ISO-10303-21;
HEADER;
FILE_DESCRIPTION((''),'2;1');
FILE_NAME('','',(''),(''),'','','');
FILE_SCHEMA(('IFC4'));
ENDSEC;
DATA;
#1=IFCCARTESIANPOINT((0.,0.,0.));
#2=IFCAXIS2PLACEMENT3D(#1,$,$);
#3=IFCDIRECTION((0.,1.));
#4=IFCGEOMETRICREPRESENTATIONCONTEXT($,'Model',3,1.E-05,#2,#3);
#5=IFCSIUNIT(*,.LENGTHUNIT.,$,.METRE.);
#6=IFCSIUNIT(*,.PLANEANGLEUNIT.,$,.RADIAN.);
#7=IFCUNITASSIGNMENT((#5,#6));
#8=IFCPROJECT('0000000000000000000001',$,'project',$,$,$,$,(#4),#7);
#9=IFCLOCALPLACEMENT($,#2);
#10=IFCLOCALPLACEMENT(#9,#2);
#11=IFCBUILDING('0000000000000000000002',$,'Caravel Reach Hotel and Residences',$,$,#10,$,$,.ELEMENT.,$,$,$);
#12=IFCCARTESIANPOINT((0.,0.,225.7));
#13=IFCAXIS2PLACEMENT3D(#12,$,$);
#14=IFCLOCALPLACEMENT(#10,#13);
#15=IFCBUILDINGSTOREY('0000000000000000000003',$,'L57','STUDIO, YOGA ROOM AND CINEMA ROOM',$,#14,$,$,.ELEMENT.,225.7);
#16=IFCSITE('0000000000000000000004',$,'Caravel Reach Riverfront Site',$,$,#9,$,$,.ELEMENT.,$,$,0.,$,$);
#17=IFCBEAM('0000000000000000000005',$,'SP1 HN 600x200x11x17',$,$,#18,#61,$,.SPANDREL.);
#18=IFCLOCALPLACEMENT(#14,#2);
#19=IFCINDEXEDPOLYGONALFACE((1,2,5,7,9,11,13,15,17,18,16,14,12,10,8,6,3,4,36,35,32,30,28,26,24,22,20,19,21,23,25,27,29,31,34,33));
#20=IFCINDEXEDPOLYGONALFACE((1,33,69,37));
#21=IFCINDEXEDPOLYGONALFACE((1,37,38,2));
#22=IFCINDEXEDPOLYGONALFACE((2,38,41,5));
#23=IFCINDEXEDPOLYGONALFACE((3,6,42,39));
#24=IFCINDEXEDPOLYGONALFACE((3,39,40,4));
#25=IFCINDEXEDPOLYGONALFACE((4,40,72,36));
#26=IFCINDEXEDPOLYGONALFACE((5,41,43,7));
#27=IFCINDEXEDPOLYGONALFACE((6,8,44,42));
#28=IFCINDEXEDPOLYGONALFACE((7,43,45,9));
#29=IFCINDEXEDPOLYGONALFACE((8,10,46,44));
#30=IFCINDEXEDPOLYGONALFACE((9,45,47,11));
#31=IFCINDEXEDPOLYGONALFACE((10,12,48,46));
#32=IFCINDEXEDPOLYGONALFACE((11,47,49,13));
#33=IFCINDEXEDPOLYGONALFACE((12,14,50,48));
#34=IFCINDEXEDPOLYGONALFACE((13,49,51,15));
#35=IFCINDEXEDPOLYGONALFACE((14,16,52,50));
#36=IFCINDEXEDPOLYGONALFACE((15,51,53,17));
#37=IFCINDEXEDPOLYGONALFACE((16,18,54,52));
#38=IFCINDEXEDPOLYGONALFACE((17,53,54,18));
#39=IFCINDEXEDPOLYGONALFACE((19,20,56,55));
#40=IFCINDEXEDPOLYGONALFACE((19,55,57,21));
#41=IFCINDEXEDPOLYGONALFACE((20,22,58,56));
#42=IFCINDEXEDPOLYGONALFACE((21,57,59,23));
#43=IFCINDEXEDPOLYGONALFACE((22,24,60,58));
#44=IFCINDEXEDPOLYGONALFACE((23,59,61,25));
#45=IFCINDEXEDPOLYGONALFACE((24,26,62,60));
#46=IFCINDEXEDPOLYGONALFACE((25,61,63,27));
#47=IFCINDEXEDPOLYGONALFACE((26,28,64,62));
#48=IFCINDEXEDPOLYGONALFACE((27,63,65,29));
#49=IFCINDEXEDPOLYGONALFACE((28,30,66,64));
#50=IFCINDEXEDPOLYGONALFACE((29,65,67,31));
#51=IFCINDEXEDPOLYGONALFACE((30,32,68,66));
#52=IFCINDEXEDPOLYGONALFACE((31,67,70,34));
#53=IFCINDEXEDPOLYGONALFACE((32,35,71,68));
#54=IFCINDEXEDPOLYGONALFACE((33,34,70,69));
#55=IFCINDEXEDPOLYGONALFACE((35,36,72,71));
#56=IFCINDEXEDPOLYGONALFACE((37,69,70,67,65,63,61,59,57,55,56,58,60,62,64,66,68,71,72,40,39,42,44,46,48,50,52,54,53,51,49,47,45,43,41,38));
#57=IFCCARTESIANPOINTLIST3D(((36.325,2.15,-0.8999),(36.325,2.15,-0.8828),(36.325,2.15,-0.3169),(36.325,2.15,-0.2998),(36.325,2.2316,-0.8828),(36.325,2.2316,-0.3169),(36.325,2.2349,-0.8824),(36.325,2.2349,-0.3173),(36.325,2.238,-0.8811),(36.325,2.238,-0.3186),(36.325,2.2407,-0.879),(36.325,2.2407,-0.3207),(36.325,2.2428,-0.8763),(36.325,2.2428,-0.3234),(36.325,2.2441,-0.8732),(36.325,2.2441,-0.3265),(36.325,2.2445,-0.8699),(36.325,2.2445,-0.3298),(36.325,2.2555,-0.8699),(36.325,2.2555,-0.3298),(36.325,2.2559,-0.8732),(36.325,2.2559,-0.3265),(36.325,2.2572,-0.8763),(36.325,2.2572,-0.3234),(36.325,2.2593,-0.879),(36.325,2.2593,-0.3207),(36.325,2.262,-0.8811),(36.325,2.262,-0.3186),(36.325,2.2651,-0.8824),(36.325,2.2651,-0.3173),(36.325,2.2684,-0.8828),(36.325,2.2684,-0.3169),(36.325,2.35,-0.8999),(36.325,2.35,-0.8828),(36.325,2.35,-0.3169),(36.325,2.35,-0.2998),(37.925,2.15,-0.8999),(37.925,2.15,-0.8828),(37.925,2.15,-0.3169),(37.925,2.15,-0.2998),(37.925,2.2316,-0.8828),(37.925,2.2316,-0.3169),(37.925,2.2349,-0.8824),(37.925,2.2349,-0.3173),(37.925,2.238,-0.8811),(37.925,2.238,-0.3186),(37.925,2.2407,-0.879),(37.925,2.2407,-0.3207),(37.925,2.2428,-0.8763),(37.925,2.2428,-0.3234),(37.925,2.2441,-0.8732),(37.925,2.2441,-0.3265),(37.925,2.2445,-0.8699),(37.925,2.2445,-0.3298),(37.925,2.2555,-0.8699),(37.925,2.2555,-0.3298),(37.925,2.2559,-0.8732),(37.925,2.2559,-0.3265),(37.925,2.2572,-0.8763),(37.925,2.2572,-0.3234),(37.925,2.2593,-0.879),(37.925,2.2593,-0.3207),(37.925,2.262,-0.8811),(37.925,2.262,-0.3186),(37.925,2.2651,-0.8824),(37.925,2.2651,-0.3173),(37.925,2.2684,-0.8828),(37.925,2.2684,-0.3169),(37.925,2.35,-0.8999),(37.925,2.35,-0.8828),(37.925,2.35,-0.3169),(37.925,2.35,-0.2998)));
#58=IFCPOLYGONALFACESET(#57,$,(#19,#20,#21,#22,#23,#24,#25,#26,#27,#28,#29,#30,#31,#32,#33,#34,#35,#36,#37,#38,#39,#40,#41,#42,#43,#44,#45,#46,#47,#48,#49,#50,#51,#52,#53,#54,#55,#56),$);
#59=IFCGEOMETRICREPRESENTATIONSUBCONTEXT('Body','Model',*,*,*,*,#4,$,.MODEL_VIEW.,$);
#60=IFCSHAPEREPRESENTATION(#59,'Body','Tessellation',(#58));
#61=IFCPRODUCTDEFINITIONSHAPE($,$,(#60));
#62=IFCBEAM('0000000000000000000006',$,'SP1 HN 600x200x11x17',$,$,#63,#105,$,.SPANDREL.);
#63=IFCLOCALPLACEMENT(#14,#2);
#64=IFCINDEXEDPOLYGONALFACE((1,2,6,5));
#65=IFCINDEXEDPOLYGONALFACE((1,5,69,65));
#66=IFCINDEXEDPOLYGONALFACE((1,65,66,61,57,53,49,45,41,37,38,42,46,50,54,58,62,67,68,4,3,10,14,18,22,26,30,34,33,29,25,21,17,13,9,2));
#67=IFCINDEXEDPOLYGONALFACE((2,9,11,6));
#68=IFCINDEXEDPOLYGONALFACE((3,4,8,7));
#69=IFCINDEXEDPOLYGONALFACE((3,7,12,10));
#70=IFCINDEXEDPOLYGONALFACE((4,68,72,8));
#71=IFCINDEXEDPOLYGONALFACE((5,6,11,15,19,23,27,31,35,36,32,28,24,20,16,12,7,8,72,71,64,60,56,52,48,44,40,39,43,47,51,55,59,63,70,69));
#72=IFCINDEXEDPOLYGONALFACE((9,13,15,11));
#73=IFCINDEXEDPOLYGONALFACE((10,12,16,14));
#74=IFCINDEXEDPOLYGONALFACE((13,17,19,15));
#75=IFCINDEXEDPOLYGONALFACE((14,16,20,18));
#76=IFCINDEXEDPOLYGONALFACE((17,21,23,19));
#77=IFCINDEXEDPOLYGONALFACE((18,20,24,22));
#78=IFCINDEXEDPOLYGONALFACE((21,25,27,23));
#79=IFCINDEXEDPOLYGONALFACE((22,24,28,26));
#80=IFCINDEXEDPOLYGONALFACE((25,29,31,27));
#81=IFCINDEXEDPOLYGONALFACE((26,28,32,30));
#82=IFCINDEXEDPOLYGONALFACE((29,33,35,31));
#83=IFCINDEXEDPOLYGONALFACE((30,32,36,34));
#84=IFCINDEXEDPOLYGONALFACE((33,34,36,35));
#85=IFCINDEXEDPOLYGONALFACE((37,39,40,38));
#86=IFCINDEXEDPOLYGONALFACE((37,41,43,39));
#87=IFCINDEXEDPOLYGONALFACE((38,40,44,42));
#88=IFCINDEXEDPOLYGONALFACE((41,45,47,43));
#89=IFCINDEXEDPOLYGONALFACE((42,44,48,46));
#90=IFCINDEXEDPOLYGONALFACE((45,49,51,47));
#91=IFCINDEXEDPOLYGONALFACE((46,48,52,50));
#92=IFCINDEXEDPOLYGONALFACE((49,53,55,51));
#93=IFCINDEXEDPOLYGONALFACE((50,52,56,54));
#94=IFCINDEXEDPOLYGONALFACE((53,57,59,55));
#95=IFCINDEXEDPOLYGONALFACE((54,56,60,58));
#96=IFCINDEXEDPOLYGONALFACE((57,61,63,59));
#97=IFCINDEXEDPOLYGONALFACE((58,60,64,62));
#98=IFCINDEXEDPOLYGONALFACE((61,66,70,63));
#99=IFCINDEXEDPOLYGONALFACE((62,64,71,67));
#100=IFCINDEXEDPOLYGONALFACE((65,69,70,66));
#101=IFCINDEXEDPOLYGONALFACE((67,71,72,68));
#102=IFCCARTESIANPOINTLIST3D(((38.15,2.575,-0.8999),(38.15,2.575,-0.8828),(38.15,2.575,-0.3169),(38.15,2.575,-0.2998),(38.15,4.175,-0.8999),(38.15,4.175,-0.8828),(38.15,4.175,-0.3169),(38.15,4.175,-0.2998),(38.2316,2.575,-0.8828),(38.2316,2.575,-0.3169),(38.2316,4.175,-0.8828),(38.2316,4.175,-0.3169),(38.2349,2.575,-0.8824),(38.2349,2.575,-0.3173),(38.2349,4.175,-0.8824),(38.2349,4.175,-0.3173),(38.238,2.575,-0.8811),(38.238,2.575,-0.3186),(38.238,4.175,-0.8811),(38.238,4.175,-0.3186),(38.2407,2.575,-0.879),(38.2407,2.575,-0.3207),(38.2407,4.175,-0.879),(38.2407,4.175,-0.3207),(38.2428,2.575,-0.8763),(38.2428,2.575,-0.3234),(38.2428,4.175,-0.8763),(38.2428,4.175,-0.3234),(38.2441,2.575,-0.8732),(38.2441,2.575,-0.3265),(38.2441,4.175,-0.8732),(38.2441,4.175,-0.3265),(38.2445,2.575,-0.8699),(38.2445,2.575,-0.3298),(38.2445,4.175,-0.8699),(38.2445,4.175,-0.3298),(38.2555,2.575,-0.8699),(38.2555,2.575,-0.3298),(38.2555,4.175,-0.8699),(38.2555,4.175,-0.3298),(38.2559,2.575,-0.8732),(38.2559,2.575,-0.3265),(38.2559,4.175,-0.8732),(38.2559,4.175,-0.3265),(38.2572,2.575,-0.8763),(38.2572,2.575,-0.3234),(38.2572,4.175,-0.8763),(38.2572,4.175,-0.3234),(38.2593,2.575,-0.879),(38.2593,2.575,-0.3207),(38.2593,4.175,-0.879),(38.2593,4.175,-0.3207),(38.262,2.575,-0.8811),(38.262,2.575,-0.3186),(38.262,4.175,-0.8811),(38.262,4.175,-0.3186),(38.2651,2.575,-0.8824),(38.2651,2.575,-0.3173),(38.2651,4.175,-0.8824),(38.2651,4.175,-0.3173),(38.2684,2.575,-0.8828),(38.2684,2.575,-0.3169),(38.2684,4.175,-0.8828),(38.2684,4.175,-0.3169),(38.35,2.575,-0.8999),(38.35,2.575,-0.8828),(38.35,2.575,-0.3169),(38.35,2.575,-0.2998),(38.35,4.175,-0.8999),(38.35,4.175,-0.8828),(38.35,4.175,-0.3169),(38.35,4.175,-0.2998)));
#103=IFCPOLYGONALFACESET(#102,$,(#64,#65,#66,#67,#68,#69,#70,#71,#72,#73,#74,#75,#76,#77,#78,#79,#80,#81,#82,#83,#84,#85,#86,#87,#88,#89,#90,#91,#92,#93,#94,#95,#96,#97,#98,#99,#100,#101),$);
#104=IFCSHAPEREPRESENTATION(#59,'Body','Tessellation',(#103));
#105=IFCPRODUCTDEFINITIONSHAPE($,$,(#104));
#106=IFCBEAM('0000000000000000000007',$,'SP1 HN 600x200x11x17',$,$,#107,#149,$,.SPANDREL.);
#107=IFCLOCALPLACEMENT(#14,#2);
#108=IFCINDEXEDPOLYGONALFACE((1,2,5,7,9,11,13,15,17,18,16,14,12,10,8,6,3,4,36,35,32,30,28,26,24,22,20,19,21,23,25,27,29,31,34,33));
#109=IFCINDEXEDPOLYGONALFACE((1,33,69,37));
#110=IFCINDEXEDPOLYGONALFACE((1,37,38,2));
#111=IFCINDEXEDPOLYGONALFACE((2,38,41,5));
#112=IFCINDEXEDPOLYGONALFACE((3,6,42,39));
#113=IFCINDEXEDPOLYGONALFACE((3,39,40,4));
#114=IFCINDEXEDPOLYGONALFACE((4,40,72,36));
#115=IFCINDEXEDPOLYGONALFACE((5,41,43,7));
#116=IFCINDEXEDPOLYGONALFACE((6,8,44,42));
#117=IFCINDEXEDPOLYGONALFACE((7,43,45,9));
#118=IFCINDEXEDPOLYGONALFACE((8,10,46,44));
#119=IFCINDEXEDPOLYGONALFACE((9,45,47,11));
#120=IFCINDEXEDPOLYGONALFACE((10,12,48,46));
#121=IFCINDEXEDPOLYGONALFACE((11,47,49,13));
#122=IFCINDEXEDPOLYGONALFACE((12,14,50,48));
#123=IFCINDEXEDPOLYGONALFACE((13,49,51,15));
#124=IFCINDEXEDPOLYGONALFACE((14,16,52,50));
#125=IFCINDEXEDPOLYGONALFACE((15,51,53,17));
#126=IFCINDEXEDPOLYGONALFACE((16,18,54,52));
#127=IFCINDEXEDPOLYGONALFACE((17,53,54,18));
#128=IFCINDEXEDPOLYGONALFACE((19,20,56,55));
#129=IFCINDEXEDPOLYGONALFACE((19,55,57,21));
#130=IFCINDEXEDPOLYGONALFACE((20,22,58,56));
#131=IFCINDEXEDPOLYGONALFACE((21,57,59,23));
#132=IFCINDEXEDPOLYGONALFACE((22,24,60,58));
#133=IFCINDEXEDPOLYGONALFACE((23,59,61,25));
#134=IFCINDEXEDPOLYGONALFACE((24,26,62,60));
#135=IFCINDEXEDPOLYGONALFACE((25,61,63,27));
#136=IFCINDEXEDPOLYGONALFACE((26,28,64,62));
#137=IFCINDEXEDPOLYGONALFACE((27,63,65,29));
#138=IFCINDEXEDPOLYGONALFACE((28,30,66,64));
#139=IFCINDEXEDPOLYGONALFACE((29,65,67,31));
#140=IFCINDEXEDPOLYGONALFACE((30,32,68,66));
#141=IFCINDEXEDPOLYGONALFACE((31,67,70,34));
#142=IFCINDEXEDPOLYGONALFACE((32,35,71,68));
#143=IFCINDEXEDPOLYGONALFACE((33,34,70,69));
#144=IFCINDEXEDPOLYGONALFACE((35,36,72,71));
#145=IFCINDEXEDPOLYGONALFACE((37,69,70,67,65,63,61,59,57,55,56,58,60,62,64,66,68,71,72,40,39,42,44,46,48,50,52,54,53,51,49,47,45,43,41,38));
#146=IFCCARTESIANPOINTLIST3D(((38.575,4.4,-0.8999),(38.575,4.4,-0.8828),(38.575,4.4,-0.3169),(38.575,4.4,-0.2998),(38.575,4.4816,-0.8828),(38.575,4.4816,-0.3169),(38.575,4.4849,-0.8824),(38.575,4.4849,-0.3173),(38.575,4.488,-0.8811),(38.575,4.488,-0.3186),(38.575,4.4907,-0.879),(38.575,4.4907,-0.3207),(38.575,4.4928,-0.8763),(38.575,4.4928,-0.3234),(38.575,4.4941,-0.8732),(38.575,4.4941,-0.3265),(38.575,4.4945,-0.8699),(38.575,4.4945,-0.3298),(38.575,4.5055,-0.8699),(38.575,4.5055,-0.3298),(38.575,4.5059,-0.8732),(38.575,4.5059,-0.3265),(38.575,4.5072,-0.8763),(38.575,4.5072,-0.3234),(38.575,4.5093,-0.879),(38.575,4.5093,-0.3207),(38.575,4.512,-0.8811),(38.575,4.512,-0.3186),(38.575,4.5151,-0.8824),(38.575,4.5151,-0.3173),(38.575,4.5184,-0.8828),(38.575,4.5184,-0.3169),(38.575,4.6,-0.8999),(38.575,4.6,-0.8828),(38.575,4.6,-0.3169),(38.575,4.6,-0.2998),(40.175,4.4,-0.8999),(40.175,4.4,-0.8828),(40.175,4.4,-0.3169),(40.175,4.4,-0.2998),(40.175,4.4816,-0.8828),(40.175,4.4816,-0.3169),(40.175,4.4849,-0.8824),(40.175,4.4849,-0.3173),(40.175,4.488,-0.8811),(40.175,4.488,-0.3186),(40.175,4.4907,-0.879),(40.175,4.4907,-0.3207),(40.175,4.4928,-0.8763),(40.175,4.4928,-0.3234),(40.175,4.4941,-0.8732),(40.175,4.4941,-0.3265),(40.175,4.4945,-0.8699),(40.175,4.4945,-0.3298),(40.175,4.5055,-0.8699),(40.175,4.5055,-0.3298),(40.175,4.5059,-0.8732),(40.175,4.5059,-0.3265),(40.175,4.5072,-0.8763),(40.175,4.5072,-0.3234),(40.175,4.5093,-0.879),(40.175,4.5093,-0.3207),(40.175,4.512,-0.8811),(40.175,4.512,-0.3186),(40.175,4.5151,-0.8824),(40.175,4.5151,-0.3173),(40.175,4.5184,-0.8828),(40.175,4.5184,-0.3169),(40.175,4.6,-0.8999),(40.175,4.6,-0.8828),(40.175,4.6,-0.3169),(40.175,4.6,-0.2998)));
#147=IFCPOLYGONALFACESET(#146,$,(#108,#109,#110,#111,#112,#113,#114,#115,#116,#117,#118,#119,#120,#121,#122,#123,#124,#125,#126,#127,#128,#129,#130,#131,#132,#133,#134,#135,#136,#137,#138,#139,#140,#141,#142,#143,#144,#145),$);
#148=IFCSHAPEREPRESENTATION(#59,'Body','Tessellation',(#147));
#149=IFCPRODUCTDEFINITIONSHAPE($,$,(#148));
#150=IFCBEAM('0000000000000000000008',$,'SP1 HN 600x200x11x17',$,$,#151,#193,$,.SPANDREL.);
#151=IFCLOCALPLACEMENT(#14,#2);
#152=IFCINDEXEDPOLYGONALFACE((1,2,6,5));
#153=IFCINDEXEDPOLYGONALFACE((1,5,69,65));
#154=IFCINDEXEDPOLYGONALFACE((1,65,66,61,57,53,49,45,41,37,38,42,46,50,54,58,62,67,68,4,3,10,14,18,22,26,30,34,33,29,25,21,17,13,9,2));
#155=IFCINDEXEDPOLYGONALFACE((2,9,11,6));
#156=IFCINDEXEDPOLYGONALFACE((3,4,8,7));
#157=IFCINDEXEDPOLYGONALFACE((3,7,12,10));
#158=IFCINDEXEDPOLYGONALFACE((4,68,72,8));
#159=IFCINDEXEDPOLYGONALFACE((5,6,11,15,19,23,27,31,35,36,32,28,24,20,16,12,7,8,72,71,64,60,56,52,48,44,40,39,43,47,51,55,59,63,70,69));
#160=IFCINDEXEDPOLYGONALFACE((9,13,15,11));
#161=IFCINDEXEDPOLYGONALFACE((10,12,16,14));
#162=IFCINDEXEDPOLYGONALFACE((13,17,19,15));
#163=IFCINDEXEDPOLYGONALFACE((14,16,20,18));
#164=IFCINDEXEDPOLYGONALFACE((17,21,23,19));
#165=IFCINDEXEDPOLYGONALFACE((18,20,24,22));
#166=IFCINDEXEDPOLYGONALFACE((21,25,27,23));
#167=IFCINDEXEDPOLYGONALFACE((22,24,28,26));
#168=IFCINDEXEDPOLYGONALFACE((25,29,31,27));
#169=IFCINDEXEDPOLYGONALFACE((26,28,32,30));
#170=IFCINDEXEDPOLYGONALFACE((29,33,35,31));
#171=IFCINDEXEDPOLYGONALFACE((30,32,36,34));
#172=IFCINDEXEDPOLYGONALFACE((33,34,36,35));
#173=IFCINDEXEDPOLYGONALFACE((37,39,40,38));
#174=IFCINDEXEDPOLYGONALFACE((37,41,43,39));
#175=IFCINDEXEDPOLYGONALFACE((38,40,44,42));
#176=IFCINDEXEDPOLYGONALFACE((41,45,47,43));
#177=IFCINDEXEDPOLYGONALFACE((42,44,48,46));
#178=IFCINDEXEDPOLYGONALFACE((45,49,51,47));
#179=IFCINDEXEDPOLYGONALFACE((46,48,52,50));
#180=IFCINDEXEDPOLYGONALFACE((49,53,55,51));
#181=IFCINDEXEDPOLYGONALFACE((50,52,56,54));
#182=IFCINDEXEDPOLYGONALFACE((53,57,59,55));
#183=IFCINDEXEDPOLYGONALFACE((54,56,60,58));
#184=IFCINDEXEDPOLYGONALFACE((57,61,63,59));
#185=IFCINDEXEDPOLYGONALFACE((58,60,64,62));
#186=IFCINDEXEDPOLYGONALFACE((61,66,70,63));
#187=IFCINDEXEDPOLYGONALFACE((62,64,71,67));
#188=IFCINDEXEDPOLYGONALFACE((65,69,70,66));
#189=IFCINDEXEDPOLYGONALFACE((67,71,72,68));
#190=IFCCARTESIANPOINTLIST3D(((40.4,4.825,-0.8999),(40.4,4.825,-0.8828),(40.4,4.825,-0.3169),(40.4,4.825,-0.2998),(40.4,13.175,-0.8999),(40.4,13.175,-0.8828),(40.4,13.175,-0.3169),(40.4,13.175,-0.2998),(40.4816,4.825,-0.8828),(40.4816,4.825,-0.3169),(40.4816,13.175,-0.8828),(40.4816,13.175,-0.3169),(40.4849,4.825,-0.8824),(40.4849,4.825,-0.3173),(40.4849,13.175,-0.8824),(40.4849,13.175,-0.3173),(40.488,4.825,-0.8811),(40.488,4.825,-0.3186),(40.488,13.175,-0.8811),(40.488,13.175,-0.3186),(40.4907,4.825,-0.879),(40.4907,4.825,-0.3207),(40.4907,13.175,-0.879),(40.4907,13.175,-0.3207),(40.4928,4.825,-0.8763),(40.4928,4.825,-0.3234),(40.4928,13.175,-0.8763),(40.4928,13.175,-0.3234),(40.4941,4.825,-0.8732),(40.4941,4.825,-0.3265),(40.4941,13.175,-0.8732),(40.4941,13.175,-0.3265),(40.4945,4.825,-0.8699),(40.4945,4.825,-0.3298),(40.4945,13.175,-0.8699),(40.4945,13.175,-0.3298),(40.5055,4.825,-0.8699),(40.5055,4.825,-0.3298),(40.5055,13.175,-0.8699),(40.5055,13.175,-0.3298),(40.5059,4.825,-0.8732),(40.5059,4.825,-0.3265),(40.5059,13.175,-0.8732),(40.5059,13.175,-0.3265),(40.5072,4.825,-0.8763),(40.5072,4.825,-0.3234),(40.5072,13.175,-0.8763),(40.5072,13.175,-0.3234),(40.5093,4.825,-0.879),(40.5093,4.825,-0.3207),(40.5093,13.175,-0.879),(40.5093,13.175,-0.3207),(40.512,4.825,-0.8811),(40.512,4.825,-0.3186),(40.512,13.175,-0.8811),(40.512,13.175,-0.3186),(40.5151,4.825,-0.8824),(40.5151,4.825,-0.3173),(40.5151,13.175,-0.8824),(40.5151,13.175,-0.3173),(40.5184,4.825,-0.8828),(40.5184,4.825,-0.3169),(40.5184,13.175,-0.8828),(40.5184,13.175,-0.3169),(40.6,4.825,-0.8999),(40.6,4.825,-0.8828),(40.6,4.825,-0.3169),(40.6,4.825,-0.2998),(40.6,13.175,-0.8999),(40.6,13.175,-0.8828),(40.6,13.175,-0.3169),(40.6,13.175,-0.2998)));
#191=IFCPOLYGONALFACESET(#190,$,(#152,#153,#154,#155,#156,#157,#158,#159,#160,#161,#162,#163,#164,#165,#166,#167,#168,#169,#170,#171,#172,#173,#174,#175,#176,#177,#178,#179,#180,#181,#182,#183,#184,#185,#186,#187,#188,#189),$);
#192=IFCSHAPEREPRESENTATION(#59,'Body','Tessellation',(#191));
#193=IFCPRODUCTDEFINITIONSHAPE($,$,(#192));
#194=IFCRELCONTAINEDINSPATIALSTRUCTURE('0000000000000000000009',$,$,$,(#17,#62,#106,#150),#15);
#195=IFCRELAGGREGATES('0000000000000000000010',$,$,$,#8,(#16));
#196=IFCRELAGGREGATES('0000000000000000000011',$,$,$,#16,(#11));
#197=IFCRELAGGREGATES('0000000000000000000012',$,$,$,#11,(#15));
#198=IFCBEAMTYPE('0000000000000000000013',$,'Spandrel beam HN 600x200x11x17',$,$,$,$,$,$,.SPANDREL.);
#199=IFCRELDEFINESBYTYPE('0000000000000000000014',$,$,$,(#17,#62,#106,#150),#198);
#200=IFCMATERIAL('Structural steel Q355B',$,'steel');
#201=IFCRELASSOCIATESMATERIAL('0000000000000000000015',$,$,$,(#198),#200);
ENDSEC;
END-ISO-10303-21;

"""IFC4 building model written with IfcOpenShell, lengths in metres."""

from ifc_helpers import new_model, si_unit, direction, frame, origin, origin_2d, place, context, subcontext, project, spatial, i_section, extrude, material, material_profile, profile_set, type_object, element, save


model = new_model("IFC4")

# Units and contexts
model_context = context("Model", 3, precision=1e-05, world=origin(), true_north=direction((0.0, 1.0)))
body_context = subcontext(model_context, "Body", "Model", "MODEL_VIEW")
ifc_project = project(units=[si_unit("LENGTHUNIT", "METRE"), si_unit("PLANEANGLEUNIT", "RADIAN")], contexts=[model_context])

# Site, building, storey
site_placement = place(None, origin())
site = spatial("IfcSite", under=ifc_project, at=site_placement, Name="Caravel Reach Riverfront Site", CompositionType="ELEMENT", RefElevation=0.0)
building_placement = place(site_placement, origin())
building = spatial("IfcBuilding", under=site, at=building_placement, Name="Caravel Reach Hotel and Residences", CompositionType="ELEMENT")
storey_placement = place(building_placement, frame((0.0, 0.0, 225.7)))
storey = spatial("IfcBuildingStorey", under=building, at=storey_placement, Name="L57", Description="STUDIO, YOGA ROOM AND CINEMA ROOM", CompositionType="ELEMENT", Elevation=225.7)

# Beams
ifc_material_1 = material(Name="Structural steel Q355B", Category="steel")
ifc_material_profile_1 = material_profile(ifc_material_1, i_section(OverallWidth=0.2, OverallDepth=0.6001, WebThickness=0.011, FlangeThickness=0.0171, FilletRadius=0.0129, at=origin_2d()), Name="HN 600x200x11x17")
ifc_profile_set_1 = profile_set([ifc_material_profile_1], Name="Structural steel Q355B")
beam_type = type_object("IfcBeamType", Name="Spandrel beam HN 600x200x11x17", PredefinedType="SPANDREL", material=ifc_profile_set_1)
for number, where, z_axis, x_axis, name in (
    (1, (36.325, 2.25, -0.5999), (1.0, 0.0, 0.0), (0.0, 1.0, 0.0), "SP1 HN 600x200x11x17"),
    (2, (38.25, 2.575, -0.5999), (0.0, 1.0, 0.0), (-1.0, 0.0, 0.0), "SP1 HN 600x200x11x17"),
    (3, (38.575, 4.5, -0.5999), (1.0, 0.0, 0.0), (0.0, 1.0, 0.0), "SP1 HN 600x200x11x17"),
):
    element("IfcBeam", number, at=place(storey_placement, frame(where, z_axis=z_axis, x_axis=x_axis)), inside=storey, type_object=beam_type, Name=name, PredefinedType="SPANDREL", context=body_context, shape_type="SweptSolid", body=[
        extrude(i_section(OverallWidth=0.2, OverallDepth=0.6001, WebThickness=0.011, FlangeThickness=0.0171, FilletRadius=0.0129, at=origin_2d()), origin(), (0.0, 0.0, 1.0), 1.6001),
    ])
beam_1_placement = place(storey_placement, frame((40.5, 4.825, -0.5999), z_axis=(0.0, 1.0, 0.0), x_axis=(-1.0, 0.0, 0.0)))
element("IfcBeam", 4, at=beam_1_placement, inside=storey, type_object=beam_type, Name="SP1 HN 600x200x11x17", PredefinedType="SPANDREL", context=body_context, shape_type="SweptSolid", body=[
    extrude(i_section(OverallWidth=0.2, OverallDepth=0.6001, WebThickness=0.011, FlangeThickness=0.0171, FilletRadius=0.0129, at=origin_2d()), origin(), (0.0, 0.0, 1.0), 8.3501),
])

save(model, "model.ifc")
